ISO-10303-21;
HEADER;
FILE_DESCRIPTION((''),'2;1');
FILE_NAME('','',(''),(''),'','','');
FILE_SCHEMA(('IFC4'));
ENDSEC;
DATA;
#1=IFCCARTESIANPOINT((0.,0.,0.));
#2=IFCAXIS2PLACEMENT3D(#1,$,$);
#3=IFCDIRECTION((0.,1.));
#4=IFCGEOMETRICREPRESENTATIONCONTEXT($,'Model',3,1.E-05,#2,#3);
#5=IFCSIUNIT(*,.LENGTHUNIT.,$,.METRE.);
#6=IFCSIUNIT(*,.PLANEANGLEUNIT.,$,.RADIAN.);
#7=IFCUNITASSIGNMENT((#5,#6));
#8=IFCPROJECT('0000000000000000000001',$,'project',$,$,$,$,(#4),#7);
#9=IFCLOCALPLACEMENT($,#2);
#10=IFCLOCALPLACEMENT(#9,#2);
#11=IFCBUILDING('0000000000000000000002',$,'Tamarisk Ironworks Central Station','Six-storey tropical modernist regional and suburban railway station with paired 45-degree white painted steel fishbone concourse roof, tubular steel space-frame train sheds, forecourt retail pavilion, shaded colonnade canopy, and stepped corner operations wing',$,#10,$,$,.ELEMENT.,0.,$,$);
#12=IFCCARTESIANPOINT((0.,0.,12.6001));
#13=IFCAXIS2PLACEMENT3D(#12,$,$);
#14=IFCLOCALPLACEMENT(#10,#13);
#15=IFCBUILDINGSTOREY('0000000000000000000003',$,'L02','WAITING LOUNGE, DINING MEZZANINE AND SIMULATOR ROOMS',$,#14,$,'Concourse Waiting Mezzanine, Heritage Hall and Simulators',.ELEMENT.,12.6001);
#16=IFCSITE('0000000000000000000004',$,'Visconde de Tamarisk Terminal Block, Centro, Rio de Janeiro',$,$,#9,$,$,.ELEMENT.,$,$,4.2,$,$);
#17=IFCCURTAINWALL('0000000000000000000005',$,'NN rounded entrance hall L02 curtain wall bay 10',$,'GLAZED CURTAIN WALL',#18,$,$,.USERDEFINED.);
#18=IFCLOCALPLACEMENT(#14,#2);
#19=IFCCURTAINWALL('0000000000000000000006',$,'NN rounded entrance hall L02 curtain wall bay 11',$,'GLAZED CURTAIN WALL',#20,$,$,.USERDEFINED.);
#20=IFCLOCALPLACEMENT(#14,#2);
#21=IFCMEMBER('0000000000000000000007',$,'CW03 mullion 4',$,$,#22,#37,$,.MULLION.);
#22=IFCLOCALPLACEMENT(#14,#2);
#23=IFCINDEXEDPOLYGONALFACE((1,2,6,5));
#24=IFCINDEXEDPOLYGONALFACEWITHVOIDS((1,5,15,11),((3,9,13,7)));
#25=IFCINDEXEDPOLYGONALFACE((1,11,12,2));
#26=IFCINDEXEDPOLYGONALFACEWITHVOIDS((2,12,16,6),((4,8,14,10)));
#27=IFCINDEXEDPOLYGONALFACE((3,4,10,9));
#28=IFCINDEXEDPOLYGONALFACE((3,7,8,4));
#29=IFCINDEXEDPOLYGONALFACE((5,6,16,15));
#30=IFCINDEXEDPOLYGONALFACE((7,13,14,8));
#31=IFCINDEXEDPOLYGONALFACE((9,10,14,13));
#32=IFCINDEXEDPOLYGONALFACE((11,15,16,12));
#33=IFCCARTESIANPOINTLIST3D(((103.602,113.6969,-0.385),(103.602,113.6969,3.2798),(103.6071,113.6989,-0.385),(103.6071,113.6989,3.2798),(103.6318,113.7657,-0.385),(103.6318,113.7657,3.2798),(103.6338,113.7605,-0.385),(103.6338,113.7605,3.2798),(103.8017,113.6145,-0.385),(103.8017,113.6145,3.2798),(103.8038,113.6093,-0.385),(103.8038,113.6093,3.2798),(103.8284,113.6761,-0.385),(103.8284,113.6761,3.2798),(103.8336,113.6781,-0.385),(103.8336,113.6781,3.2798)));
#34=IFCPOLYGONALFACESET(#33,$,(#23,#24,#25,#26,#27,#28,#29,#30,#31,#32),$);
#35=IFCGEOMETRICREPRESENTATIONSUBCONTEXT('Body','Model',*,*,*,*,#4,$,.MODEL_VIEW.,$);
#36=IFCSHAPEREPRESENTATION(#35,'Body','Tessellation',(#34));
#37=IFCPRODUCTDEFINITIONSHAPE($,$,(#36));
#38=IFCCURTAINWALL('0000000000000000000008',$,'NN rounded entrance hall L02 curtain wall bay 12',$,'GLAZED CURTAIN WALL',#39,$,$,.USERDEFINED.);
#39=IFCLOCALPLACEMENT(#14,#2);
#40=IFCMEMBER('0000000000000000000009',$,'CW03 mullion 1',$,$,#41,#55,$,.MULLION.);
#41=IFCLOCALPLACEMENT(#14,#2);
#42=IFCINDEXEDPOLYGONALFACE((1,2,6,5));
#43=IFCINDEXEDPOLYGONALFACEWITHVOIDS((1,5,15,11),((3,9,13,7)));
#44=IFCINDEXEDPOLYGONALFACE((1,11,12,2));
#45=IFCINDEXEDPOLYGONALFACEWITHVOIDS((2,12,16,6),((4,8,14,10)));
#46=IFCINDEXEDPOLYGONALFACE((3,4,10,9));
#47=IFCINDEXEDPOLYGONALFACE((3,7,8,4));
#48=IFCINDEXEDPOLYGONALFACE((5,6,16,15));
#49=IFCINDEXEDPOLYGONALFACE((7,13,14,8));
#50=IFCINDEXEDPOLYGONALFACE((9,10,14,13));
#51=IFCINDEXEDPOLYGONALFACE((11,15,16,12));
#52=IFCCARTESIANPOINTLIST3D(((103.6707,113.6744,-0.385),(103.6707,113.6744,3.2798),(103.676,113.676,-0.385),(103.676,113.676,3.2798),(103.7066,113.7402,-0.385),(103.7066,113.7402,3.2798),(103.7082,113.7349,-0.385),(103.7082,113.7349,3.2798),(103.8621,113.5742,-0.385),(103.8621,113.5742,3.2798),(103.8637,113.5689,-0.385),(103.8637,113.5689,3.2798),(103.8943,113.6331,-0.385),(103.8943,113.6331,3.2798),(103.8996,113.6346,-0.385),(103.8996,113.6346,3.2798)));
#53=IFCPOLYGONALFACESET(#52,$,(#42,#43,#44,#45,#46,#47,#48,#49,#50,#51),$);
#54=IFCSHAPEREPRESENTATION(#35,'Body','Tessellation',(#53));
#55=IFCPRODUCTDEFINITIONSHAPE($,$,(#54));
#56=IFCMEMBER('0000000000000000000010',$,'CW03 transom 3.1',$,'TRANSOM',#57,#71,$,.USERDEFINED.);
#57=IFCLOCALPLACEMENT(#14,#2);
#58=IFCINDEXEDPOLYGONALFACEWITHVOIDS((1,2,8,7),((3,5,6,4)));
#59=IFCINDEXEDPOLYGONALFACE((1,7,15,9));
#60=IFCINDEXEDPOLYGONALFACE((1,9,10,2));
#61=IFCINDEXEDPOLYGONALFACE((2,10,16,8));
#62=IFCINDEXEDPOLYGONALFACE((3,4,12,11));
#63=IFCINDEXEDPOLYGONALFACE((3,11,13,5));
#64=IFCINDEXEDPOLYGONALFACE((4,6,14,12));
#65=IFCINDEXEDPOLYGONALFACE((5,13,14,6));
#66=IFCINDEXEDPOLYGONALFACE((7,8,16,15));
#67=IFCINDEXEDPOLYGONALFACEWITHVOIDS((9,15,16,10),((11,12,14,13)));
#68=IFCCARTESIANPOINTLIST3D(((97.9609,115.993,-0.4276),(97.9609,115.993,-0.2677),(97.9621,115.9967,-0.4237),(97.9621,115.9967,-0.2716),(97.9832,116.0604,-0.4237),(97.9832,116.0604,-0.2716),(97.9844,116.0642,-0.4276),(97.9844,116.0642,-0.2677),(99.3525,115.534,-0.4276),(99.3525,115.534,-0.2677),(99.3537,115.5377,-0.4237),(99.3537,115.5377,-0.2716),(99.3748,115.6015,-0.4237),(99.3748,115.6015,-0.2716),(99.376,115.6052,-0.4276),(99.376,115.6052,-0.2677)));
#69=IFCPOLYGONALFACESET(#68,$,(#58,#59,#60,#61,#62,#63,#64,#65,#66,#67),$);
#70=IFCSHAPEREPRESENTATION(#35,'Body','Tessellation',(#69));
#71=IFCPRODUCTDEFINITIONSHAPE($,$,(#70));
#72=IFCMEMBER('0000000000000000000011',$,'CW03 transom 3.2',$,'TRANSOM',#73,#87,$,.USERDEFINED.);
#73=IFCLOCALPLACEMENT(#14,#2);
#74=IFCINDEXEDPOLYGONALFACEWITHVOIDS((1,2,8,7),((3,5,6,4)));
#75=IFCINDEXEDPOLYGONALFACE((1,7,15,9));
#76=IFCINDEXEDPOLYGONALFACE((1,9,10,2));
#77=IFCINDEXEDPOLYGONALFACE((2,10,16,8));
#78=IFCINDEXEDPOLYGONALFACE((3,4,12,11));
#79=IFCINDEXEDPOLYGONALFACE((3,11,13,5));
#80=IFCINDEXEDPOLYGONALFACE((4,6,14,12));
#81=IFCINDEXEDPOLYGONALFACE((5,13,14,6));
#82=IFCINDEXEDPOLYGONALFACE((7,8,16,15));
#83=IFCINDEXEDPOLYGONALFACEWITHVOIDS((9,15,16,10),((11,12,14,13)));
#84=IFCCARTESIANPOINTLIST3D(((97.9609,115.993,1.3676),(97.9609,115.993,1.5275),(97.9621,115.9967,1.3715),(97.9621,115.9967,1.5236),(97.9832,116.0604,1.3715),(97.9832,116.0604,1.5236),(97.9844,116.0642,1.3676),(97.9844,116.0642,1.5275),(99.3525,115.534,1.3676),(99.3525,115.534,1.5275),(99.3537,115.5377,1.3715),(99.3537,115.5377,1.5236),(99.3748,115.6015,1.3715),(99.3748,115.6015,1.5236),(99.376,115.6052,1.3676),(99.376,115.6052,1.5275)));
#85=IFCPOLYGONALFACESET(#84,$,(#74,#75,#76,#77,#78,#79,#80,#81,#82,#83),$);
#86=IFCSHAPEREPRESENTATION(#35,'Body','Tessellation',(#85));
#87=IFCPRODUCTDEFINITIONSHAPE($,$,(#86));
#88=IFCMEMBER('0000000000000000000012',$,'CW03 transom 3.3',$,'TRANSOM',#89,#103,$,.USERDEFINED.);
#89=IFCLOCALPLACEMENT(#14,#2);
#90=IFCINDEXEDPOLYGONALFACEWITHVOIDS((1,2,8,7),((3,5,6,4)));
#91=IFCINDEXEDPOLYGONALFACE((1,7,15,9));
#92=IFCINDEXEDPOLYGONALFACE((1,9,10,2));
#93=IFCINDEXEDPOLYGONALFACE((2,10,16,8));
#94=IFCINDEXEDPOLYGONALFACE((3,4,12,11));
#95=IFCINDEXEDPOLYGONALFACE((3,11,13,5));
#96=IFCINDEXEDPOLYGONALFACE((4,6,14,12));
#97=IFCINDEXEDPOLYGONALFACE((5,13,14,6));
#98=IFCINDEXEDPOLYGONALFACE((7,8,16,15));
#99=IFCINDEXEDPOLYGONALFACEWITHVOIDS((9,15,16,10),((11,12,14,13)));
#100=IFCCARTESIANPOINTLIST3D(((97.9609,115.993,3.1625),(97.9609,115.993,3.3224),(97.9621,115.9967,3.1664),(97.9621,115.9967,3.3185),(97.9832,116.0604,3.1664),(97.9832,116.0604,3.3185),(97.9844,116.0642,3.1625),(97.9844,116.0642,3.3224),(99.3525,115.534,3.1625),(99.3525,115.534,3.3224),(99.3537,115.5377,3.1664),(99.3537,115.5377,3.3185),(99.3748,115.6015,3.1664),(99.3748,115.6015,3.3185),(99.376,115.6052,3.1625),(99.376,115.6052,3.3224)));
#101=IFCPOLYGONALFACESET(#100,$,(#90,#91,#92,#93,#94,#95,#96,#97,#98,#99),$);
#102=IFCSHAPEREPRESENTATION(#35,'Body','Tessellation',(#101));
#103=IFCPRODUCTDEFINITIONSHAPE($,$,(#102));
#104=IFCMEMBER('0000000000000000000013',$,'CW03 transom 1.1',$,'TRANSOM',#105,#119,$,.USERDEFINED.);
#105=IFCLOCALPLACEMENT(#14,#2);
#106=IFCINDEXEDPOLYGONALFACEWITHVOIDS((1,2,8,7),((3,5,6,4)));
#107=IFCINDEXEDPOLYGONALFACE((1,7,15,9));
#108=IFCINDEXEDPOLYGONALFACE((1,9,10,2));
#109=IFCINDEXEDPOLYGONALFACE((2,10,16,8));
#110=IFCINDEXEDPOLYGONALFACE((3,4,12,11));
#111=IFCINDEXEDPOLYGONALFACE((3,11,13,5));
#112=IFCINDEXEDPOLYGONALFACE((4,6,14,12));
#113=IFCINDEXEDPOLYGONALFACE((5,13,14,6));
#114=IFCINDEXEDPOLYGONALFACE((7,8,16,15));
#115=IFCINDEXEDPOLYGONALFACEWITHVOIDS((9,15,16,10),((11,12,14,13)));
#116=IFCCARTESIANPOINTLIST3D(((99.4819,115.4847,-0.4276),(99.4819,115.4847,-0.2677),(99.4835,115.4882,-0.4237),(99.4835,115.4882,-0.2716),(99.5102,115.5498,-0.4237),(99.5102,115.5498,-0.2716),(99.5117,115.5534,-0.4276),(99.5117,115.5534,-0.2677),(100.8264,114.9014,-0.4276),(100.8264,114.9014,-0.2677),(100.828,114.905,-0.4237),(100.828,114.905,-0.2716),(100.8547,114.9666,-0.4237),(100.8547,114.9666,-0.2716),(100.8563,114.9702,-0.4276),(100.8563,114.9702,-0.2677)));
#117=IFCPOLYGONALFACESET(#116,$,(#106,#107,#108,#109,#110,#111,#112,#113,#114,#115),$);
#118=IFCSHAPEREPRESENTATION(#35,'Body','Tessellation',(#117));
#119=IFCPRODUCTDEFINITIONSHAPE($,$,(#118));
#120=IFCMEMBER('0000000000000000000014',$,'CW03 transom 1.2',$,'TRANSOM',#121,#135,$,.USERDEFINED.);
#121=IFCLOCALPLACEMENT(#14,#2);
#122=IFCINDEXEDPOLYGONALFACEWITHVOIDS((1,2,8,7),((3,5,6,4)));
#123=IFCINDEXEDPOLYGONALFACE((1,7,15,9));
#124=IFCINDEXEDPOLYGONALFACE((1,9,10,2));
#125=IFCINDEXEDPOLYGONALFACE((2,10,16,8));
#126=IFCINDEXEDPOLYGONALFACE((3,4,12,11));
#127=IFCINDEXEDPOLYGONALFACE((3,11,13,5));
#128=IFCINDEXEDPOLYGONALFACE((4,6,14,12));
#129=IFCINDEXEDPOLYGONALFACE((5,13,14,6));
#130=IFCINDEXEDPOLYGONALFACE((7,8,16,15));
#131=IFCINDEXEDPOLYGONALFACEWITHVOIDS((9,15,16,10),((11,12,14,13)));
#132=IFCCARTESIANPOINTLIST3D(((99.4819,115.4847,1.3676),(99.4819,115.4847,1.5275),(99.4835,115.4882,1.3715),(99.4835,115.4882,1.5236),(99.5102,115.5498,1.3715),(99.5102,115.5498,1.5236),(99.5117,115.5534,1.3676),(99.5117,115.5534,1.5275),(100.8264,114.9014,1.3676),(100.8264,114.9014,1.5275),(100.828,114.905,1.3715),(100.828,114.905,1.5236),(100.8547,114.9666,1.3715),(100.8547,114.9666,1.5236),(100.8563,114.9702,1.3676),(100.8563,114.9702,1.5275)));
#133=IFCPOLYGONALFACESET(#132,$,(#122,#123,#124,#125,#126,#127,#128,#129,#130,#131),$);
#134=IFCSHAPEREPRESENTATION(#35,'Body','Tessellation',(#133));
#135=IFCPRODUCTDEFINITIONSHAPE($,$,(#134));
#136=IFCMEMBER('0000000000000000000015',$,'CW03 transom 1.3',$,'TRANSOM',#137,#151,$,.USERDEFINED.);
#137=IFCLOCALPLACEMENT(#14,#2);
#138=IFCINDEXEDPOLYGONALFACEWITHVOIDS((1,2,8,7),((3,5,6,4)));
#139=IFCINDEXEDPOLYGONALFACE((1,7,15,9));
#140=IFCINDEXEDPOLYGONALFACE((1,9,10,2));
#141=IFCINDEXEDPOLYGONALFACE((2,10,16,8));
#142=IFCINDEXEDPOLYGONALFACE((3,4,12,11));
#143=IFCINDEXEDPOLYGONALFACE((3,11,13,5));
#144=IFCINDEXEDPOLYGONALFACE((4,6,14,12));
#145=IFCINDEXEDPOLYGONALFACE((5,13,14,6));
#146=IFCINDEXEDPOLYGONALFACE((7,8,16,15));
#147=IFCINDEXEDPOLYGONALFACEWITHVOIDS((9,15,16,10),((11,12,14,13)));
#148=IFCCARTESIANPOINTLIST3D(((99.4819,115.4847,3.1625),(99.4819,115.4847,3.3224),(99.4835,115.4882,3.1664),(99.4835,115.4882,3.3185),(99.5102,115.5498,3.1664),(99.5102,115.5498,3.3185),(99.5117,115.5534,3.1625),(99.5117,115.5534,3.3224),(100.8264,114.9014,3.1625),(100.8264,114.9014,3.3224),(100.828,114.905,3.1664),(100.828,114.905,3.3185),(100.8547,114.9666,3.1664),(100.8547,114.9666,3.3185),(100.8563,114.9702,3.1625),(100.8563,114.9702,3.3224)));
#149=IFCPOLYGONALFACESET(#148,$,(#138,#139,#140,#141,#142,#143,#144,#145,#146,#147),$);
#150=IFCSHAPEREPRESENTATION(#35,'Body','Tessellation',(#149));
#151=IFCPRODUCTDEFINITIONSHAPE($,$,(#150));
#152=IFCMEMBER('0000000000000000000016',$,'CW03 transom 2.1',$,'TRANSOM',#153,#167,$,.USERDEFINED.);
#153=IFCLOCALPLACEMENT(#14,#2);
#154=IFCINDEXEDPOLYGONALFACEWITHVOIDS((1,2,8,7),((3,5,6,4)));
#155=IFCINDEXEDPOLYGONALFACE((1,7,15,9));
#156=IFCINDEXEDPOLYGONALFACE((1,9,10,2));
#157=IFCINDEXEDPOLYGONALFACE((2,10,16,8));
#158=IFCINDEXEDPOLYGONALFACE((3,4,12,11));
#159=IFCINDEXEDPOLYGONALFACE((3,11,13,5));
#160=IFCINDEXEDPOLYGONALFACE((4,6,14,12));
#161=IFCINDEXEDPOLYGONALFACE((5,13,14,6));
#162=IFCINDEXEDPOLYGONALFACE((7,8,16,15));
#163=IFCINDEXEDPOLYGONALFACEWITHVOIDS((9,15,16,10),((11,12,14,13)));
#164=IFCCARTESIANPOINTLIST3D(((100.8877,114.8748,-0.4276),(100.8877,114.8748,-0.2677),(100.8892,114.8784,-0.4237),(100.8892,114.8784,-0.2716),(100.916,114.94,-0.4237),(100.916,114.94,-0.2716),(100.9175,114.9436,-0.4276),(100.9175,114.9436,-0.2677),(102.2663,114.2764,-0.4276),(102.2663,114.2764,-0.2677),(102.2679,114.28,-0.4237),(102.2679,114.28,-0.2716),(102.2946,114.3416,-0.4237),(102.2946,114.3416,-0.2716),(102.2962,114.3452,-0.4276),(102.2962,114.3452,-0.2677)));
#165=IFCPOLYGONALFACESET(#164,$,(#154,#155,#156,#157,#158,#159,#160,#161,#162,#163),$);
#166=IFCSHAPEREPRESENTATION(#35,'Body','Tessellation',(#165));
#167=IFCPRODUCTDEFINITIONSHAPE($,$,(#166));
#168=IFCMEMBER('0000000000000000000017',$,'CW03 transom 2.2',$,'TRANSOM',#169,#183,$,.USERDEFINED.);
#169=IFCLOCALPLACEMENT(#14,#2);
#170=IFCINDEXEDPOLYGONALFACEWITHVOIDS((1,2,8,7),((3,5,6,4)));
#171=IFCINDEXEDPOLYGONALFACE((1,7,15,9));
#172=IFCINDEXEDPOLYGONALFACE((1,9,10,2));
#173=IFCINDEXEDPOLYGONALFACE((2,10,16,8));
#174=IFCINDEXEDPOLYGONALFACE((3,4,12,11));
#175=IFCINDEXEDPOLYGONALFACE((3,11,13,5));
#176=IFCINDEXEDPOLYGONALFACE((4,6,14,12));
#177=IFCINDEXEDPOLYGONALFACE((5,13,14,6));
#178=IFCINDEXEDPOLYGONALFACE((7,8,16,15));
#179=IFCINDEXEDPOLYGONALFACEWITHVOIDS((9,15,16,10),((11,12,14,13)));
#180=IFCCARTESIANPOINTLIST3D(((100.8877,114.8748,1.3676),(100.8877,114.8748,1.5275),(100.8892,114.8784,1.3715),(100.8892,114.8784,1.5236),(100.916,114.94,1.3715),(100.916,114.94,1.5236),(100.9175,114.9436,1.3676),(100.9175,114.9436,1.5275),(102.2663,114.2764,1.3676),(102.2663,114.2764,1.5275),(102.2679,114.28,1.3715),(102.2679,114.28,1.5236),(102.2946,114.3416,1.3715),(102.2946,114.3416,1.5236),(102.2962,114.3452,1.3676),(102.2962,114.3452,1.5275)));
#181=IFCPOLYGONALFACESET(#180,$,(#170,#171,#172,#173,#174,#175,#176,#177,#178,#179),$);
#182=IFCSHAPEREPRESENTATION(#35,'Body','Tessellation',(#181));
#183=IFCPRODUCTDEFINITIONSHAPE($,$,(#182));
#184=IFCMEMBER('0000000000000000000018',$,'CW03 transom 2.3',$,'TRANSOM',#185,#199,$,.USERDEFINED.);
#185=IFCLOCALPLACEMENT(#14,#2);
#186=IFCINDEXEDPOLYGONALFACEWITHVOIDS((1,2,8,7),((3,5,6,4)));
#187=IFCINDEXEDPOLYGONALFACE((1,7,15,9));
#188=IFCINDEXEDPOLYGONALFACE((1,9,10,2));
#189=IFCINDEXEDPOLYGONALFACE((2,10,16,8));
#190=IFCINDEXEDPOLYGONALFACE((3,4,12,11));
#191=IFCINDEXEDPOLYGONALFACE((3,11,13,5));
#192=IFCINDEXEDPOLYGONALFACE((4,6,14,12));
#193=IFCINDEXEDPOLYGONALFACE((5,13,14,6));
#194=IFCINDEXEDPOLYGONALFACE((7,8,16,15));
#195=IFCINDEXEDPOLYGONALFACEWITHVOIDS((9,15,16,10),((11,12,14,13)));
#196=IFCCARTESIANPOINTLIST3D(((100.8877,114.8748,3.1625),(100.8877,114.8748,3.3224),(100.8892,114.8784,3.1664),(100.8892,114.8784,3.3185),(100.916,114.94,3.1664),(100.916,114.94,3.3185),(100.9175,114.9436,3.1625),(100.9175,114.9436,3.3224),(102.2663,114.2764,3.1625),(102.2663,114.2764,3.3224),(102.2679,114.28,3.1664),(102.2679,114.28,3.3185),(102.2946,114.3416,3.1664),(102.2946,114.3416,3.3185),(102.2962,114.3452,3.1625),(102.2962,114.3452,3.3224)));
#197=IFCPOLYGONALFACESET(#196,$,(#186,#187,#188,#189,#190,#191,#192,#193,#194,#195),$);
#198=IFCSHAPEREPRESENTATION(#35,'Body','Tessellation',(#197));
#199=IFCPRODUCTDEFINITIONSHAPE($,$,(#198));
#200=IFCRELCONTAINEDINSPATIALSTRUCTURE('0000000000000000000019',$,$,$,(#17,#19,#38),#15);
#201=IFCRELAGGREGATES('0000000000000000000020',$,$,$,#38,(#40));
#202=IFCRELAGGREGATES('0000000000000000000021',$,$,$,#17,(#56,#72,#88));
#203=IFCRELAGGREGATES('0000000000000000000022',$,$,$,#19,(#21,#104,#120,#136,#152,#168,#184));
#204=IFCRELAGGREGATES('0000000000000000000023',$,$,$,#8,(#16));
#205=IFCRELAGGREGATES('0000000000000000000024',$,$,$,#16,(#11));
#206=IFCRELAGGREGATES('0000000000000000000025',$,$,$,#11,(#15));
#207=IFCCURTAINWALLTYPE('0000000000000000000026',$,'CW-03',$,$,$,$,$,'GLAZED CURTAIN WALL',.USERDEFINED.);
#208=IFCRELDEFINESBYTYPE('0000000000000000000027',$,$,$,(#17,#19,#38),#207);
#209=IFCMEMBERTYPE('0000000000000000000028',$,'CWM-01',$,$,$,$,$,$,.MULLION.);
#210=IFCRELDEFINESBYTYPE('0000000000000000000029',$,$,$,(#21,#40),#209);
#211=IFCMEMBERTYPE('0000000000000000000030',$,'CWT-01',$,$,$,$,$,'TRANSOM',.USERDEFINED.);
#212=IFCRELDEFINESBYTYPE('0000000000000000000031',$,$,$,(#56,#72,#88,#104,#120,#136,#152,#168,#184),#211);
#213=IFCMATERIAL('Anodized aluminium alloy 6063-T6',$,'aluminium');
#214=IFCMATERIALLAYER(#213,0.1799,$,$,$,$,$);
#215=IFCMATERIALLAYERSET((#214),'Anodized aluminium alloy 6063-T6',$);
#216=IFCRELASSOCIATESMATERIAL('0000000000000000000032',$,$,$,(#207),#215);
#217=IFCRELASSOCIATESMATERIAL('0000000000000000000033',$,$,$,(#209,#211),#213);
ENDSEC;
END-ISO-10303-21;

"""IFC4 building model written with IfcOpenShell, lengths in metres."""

from ifc_helpers import new_model, si_unit, direction, frame, origin, origin_2d, place, context, subcontext, project, spatial, hollow_rectangle, extrude, material, layer, layer_set, material_profile, profile_set, type_object, element, aggregate, save


model = new_model("IFC4")

# Units and contexts
model_context = context("Model", 3, precision=1e-05, world=origin(), true_north=direction((0.0, 1.0)))
body_context = subcontext(model_context, "Body", "Model", "MODEL_VIEW")
ifc_project = project(units=[si_unit("LENGTHUNIT", "METRE"), si_unit("PLANEANGLEUNIT", "RADIAN")], contexts=[model_context])

# Site, building, storey
site_placement = place(None, origin())
site = spatial("IfcSite", under=ifc_project, at=site_placement, Name="Visconde de Tamarisk Terminal Block, Centro, Rio de Janeiro", CompositionType="ELEMENT", RefElevation=4.2)
building_placement = place(site_placement, origin())
building = spatial("IfcBuilding", under=site, at=building_placement, Name="Tamarisk Ironworks Central Station", Description="Six-storey tropical modernist regional and suburban railway station with paired 45-degree white painted steel fishbone concourse roof, tubular steel space-frame train sheds, forecourt retail pavilion, shaded colonnade canopy, and stepped corner operations wing", CompositionType="ELEMENT", ElevationOfRefHeight=0.0)
storey_placement = place(building_placement, frame((0.0, 0.0, 12.6001)))
storey = spatial("IfcBuildingStorey", under=building, at=storey_placement, Name="L02", Description="WAITING LOUNGE, DINING MEZZANINE AND SIMULATOR ROOMS", LongName="Concourse Waiting Mezzanine, Heritage Hall and Simulators", CompositionType="ELEMENT", Elevation=12.6001)

# Curtain walls, member
ifc_material_1 = material(Name="Anodized aluminium alloy 6063-T6", Category="aluminium")
ifc_layer_1 = layer(ifc_material_1, 0.1799)
ifc_layer_set_1 = layer_set([ifc_layer_1], Name="Anodized aluminium alloy 6063-T6")
curtain_wall_type = type_object("IfcCurtainWallType", Name="CW-03", ElementType="GLAZED CURTAIN WALL", PredefinedType="USERDEFINED", material=ifc_layer_set_1)
curtain_wall_1_placement = place(storey_placement, origin())
curtain_wall_1 = element("IfcCurtainWall", 1, at=curtain_wall_1_placement, inside=storey, type_object=curtain_wall_type, Name="NN rounded entrance hall L02 curtain wall bay 10", ObjectType="GLAZED CURTAIN WALL", PredefinedType="USERDEFINED")
ifc_material_profile_1 = material_profile(ifc_material_1, hollow_rectangle(XDim=0.075, YDim=0.22, WallThickness=0.0039, at=origin_2d()), Name="ALUM 220x75")
ifc_profile_set_1 = profile_set([ifc_material_profile_1], Name="Anodized aluminium alloy 6063-T6")
member_type_1 = type_object("IfcMemberType", Name="CWM-01", PredefinedType="MULLION", material=ifc_profile_set_1)
curtain_wall_2_placement = place(storey_placement, origin())
curtain_wall_2 = element("IfcCurtainWall", 2, at=curtain_wall_2_placement, inside=storey, type_object=curtain_wall_type, Name="NN rounded entrance hall L02 curtain wall bay 11", ObjectType="GLAZED CURTAIN WALL", PredefinedType="USERDEFINED")
member_1_placement = place(storey_placement, frame((103.7178, 113.6875, -0.385), z_axis=(0.0, 0.0, 1.0), x_axis=(0.398077, 0.917352, 0.0)))
member_1 = element("IfcMember", 3, at=member_1_placement, type_object=member_type_1, Name="CW03 mullion 4", PredefinedType="MULLION", context=body_context, shape_type="SweptSolid", body=[
    extrude(hollow_rectangle(XDim=0.075, YDim=0.22, WallThickness=0.0039, at=origin_2d()), origin(), (0.0, 0.0, 1.0), 3.6648),
])

# Curtain wall, member
curtain_wall_3_placement = place(storey_placement, origin())
curtain_wall_3 = element("IfcCurtainWall", 4, at=curtain_wall_3_placement, inside=storey, type_object=curtain_wall_type, Name="NN rounded entrance hall L02 curtain wall bay 12", ObjectType="GLAZED CURTAIN WALL", PredefinedType="USERDEFINED")
member_2_placement = place(storey_placement, frame((103.7852, 113.6545, -0.385), z_axis=(0.0, 0.0, 1.0), x_axis=(0.479805, 0.877375, 0.0)))
member_2 = element("IfcMember", 5, at=member_2_placement, type_object=member_type_1, Name="CW03 mullion 1", PredefinedType="MULLION", context=body_context, shape_type="SweptSolid", body=[
    extrude(hollow_rectangle(XDim=0.075, YDim=0.22, WallThickness=0.0039, at=origin_2d()), origin(), (0.0, 0.0, 1.0), 3.6648),
])
aggregate(curtain_wall_3, [member_2])

# Members
ifc_material_profile_2 = material_profile(ifc_material_1, hollow_rectangle(XDim=0.075, YDim=0.1599, WallThickness=0.0039, at=origin_2d()), Name="ALUM 160x75")
ifc_profile_set_2 = profile_set([ifc_material_profile_2], Name="Anodized aluminium alloy 6063-T6")
member_type_2 = type_object("IfcMemberType", Name="CWT-01", ElementType="TRANSOM", PredefinedType="USERDEFINED", material=ifc_profile_set_2)
member_3_placement = place(storey_placement, frame((97.9727, 116.0286, -0.3477), z_axis=(0.949678, -0.313227, 0.0), x_axis=(0.313227, 0.949678, 0.0)))
member_3 = element("IfcMember", 6, at=member_3_placement, type_object=member_type_2, Name="CW03 transom 3.1", ObjectType="TRANSOM", PredefinedType="USERDEFINED", context=body_context, shape_type="SweptSolid", body=[
    extrude(hollow_rectangle(XDim=0.075, YDim=0.1599, WallThickness=0.0039, at=origin_2d()), origin(), (0.0, 0.0, 1.0), 1.4653),
])
member_4_placement = place(storey_placement, frame((97.9727, 116.0286, 1.4475), z_axis=(0.949678, -0.313227, 0.0), x_axis=(0.313227, 0.949678, 0.0)))
member_4 = element("IfcMember", 7, at=member_4_placement, type_object=member_type_2, Name="CW03 transom 3.2", ObjectType="TRANSOM", PredefinedType="USERDEFINED", context=body_context, shape_type="SweptSolid", body=[
    extrude(hollow_rectangle(XDim=0.075, YDim=0.1599, WallThickness=0.0039, at=origin_2d()), origin(), (0.0, 0.0, 1.0), 1.4653),
])
member_5_placement = place(storey_placement, frame((97.9727, 116.0286, 3.2424), z_axis=(0.949678, -0.313227, 0.0), x_axis=(0.313227, 0.949678, 0.0)))
member_5 = element("IfcMember", 8, at=member_5_placement, type_object=member_type_2, Name="CW03 transom 3.3", ObjectType="TRANSOM", PredefinedType="USERDEFINED", context=body_context, shape_type="SweptSolid", body=[
    extrude(hollow_rectangle(XDim=0.075, YDim=0.1599, WallThickness=0.0039, at=origin_2d()), origin(), (0.0, 0.0, 1.0), 1.4653),
])
member_6_placement = place(storey_placement, frame((99.4968, 115.519, -0.3477), z_axis=(0.917396, -0.397977, 0.0), x_axis=(0.397977, 0.917396, 0.0)))
member_6 = element("IfcMember", 9, at=member_6_placement, type_object=member_type_2, Name="CW03 transom 1.1", ObjectType="TRANSOM", PredefinedType="USERDEFINED", context=body_context, shape_type="SweptSolid", body=[
    extrude(hollow_rectangle(XDim=0.075, YDim=0.1599, WallThickness=0.0039, at=origin_2d()), origin(), (0.0, 0.0, 1.0), 1.4656),
])
member_7_placement = place(storey_placement, frame((99.4968, 115.519, 1.4475), z_axis=(0.917396, -0.397977, 0.0), x_axis=(0.397977, 0.917396, 0.0)))
member_7 = element("IfcMember", 10, at=member_7_placement, type_object=member_type_2, Name="CW03 transom 1.2", ObjectType="TRANSOM", PredefinedType="USERDEFINED", context=body_context, shape_type="SweptSolid", body=[
    extrude(hollow_rectangle(XDim=0.075, YDim=0.1599, WallThickness=0.0039, at=origin_2d()), origin(), (0.0, 0.0, 1.0), 1.4656),
])
member_8_placement = place(storey_placement, frame((99.4968, 115.519, 3.2424), z_axis=(0.917396, -0.397977, 0.0), x_axis=(0.397977, 0.917396, 0.0)))
member_8 = element("IfcMember", 11, at=member_8_placement, type_object=member_type_2, Name="CW03 transom 1.3", ObjectType="TRANSOM", PredefinedType="USERDEFINED", context=body_context, shape_type="SweptSolid", body=[
    extrude(hollow_rectangle(XDim=0.075, YDim=0.1599, WallThickness=0.0039, at=origin_2d()), origin(), (0.0, 0.0, 1.0), 1.4656),
])
member_9_placement = place(storey_placement, frame((100.9026, 114.9092, -0.3477), z_axis=(0.91732, -0.39815, 0.0), x_axis=(0.39815, 0.91732, 0.0)))
member_9 = element("IfcMember", 12, at=member_9_placement, type_object=member_type_2, Name="CW03 transom 2.1", ObjectType="TRANSOM", PredefinedType="USERDEFINED", context=body_context, shape_type="SweptSolid", body=[
    extrude(hollow_rectangle(XDim=0.075, YDim=0.1599, WallThickness=0.0039, at=origin_2d()), origin(), (0.0, 0.0, 1.0), 1.5029),
])
member_10_placement = place(storey_placement, frame((100.9026, 114.9092, 1.4475), z_axis=(0.91732, -0.39815, 0.0), x_axis=(0.39815, 0.91732, 0.0)))
member_10 = element("IfcMember", 13, at=member_10_placement, type_object=member_type_2, Name="CW03 transom 2.2", ObjectType="TRANSOM", PredefinedType="USERDEFINED", context=body_context, shape_type="SweptSolid", body=[
    extrude(hollow_rectangle(XDim=0.075, YDim=0.1599, WallThickness=0.0039, at=origin_2d()), origin(), (0.0, 0.0, 1.0), 1.5029),
])
member_11_placement = place(storey_placement, frame((100.9026, 114.9092, 3.2424), z_axis=(0.91732, -0.39815, 0.0), x_axis=(0.39815, 0.91732, 0.0)))
member_11 = element("IfcMember", 14, at=member_11_placement, type_object=member_type_2, Name="CW03 transom 2.3", ObjectType="TRANSOM", PredefinedType="USERDEFINED", context=body_context, shape_type="SweptSolid", body=[
    extrude(hollow_rectangle(XDim=0.075, YDim=0.1599, WallThickness=0.0039, at=origin_2d()), origin(), (0.0, 0.0, 1.0), 1.5029),
])

aggregate(curtain_wall_1, [member_3, member_4, member_5])
aggregate(curtain_wall_2, [member_1, member_6, member_7, member_8, member_9, member_10, member_11])

save(model, "model.ifc")
